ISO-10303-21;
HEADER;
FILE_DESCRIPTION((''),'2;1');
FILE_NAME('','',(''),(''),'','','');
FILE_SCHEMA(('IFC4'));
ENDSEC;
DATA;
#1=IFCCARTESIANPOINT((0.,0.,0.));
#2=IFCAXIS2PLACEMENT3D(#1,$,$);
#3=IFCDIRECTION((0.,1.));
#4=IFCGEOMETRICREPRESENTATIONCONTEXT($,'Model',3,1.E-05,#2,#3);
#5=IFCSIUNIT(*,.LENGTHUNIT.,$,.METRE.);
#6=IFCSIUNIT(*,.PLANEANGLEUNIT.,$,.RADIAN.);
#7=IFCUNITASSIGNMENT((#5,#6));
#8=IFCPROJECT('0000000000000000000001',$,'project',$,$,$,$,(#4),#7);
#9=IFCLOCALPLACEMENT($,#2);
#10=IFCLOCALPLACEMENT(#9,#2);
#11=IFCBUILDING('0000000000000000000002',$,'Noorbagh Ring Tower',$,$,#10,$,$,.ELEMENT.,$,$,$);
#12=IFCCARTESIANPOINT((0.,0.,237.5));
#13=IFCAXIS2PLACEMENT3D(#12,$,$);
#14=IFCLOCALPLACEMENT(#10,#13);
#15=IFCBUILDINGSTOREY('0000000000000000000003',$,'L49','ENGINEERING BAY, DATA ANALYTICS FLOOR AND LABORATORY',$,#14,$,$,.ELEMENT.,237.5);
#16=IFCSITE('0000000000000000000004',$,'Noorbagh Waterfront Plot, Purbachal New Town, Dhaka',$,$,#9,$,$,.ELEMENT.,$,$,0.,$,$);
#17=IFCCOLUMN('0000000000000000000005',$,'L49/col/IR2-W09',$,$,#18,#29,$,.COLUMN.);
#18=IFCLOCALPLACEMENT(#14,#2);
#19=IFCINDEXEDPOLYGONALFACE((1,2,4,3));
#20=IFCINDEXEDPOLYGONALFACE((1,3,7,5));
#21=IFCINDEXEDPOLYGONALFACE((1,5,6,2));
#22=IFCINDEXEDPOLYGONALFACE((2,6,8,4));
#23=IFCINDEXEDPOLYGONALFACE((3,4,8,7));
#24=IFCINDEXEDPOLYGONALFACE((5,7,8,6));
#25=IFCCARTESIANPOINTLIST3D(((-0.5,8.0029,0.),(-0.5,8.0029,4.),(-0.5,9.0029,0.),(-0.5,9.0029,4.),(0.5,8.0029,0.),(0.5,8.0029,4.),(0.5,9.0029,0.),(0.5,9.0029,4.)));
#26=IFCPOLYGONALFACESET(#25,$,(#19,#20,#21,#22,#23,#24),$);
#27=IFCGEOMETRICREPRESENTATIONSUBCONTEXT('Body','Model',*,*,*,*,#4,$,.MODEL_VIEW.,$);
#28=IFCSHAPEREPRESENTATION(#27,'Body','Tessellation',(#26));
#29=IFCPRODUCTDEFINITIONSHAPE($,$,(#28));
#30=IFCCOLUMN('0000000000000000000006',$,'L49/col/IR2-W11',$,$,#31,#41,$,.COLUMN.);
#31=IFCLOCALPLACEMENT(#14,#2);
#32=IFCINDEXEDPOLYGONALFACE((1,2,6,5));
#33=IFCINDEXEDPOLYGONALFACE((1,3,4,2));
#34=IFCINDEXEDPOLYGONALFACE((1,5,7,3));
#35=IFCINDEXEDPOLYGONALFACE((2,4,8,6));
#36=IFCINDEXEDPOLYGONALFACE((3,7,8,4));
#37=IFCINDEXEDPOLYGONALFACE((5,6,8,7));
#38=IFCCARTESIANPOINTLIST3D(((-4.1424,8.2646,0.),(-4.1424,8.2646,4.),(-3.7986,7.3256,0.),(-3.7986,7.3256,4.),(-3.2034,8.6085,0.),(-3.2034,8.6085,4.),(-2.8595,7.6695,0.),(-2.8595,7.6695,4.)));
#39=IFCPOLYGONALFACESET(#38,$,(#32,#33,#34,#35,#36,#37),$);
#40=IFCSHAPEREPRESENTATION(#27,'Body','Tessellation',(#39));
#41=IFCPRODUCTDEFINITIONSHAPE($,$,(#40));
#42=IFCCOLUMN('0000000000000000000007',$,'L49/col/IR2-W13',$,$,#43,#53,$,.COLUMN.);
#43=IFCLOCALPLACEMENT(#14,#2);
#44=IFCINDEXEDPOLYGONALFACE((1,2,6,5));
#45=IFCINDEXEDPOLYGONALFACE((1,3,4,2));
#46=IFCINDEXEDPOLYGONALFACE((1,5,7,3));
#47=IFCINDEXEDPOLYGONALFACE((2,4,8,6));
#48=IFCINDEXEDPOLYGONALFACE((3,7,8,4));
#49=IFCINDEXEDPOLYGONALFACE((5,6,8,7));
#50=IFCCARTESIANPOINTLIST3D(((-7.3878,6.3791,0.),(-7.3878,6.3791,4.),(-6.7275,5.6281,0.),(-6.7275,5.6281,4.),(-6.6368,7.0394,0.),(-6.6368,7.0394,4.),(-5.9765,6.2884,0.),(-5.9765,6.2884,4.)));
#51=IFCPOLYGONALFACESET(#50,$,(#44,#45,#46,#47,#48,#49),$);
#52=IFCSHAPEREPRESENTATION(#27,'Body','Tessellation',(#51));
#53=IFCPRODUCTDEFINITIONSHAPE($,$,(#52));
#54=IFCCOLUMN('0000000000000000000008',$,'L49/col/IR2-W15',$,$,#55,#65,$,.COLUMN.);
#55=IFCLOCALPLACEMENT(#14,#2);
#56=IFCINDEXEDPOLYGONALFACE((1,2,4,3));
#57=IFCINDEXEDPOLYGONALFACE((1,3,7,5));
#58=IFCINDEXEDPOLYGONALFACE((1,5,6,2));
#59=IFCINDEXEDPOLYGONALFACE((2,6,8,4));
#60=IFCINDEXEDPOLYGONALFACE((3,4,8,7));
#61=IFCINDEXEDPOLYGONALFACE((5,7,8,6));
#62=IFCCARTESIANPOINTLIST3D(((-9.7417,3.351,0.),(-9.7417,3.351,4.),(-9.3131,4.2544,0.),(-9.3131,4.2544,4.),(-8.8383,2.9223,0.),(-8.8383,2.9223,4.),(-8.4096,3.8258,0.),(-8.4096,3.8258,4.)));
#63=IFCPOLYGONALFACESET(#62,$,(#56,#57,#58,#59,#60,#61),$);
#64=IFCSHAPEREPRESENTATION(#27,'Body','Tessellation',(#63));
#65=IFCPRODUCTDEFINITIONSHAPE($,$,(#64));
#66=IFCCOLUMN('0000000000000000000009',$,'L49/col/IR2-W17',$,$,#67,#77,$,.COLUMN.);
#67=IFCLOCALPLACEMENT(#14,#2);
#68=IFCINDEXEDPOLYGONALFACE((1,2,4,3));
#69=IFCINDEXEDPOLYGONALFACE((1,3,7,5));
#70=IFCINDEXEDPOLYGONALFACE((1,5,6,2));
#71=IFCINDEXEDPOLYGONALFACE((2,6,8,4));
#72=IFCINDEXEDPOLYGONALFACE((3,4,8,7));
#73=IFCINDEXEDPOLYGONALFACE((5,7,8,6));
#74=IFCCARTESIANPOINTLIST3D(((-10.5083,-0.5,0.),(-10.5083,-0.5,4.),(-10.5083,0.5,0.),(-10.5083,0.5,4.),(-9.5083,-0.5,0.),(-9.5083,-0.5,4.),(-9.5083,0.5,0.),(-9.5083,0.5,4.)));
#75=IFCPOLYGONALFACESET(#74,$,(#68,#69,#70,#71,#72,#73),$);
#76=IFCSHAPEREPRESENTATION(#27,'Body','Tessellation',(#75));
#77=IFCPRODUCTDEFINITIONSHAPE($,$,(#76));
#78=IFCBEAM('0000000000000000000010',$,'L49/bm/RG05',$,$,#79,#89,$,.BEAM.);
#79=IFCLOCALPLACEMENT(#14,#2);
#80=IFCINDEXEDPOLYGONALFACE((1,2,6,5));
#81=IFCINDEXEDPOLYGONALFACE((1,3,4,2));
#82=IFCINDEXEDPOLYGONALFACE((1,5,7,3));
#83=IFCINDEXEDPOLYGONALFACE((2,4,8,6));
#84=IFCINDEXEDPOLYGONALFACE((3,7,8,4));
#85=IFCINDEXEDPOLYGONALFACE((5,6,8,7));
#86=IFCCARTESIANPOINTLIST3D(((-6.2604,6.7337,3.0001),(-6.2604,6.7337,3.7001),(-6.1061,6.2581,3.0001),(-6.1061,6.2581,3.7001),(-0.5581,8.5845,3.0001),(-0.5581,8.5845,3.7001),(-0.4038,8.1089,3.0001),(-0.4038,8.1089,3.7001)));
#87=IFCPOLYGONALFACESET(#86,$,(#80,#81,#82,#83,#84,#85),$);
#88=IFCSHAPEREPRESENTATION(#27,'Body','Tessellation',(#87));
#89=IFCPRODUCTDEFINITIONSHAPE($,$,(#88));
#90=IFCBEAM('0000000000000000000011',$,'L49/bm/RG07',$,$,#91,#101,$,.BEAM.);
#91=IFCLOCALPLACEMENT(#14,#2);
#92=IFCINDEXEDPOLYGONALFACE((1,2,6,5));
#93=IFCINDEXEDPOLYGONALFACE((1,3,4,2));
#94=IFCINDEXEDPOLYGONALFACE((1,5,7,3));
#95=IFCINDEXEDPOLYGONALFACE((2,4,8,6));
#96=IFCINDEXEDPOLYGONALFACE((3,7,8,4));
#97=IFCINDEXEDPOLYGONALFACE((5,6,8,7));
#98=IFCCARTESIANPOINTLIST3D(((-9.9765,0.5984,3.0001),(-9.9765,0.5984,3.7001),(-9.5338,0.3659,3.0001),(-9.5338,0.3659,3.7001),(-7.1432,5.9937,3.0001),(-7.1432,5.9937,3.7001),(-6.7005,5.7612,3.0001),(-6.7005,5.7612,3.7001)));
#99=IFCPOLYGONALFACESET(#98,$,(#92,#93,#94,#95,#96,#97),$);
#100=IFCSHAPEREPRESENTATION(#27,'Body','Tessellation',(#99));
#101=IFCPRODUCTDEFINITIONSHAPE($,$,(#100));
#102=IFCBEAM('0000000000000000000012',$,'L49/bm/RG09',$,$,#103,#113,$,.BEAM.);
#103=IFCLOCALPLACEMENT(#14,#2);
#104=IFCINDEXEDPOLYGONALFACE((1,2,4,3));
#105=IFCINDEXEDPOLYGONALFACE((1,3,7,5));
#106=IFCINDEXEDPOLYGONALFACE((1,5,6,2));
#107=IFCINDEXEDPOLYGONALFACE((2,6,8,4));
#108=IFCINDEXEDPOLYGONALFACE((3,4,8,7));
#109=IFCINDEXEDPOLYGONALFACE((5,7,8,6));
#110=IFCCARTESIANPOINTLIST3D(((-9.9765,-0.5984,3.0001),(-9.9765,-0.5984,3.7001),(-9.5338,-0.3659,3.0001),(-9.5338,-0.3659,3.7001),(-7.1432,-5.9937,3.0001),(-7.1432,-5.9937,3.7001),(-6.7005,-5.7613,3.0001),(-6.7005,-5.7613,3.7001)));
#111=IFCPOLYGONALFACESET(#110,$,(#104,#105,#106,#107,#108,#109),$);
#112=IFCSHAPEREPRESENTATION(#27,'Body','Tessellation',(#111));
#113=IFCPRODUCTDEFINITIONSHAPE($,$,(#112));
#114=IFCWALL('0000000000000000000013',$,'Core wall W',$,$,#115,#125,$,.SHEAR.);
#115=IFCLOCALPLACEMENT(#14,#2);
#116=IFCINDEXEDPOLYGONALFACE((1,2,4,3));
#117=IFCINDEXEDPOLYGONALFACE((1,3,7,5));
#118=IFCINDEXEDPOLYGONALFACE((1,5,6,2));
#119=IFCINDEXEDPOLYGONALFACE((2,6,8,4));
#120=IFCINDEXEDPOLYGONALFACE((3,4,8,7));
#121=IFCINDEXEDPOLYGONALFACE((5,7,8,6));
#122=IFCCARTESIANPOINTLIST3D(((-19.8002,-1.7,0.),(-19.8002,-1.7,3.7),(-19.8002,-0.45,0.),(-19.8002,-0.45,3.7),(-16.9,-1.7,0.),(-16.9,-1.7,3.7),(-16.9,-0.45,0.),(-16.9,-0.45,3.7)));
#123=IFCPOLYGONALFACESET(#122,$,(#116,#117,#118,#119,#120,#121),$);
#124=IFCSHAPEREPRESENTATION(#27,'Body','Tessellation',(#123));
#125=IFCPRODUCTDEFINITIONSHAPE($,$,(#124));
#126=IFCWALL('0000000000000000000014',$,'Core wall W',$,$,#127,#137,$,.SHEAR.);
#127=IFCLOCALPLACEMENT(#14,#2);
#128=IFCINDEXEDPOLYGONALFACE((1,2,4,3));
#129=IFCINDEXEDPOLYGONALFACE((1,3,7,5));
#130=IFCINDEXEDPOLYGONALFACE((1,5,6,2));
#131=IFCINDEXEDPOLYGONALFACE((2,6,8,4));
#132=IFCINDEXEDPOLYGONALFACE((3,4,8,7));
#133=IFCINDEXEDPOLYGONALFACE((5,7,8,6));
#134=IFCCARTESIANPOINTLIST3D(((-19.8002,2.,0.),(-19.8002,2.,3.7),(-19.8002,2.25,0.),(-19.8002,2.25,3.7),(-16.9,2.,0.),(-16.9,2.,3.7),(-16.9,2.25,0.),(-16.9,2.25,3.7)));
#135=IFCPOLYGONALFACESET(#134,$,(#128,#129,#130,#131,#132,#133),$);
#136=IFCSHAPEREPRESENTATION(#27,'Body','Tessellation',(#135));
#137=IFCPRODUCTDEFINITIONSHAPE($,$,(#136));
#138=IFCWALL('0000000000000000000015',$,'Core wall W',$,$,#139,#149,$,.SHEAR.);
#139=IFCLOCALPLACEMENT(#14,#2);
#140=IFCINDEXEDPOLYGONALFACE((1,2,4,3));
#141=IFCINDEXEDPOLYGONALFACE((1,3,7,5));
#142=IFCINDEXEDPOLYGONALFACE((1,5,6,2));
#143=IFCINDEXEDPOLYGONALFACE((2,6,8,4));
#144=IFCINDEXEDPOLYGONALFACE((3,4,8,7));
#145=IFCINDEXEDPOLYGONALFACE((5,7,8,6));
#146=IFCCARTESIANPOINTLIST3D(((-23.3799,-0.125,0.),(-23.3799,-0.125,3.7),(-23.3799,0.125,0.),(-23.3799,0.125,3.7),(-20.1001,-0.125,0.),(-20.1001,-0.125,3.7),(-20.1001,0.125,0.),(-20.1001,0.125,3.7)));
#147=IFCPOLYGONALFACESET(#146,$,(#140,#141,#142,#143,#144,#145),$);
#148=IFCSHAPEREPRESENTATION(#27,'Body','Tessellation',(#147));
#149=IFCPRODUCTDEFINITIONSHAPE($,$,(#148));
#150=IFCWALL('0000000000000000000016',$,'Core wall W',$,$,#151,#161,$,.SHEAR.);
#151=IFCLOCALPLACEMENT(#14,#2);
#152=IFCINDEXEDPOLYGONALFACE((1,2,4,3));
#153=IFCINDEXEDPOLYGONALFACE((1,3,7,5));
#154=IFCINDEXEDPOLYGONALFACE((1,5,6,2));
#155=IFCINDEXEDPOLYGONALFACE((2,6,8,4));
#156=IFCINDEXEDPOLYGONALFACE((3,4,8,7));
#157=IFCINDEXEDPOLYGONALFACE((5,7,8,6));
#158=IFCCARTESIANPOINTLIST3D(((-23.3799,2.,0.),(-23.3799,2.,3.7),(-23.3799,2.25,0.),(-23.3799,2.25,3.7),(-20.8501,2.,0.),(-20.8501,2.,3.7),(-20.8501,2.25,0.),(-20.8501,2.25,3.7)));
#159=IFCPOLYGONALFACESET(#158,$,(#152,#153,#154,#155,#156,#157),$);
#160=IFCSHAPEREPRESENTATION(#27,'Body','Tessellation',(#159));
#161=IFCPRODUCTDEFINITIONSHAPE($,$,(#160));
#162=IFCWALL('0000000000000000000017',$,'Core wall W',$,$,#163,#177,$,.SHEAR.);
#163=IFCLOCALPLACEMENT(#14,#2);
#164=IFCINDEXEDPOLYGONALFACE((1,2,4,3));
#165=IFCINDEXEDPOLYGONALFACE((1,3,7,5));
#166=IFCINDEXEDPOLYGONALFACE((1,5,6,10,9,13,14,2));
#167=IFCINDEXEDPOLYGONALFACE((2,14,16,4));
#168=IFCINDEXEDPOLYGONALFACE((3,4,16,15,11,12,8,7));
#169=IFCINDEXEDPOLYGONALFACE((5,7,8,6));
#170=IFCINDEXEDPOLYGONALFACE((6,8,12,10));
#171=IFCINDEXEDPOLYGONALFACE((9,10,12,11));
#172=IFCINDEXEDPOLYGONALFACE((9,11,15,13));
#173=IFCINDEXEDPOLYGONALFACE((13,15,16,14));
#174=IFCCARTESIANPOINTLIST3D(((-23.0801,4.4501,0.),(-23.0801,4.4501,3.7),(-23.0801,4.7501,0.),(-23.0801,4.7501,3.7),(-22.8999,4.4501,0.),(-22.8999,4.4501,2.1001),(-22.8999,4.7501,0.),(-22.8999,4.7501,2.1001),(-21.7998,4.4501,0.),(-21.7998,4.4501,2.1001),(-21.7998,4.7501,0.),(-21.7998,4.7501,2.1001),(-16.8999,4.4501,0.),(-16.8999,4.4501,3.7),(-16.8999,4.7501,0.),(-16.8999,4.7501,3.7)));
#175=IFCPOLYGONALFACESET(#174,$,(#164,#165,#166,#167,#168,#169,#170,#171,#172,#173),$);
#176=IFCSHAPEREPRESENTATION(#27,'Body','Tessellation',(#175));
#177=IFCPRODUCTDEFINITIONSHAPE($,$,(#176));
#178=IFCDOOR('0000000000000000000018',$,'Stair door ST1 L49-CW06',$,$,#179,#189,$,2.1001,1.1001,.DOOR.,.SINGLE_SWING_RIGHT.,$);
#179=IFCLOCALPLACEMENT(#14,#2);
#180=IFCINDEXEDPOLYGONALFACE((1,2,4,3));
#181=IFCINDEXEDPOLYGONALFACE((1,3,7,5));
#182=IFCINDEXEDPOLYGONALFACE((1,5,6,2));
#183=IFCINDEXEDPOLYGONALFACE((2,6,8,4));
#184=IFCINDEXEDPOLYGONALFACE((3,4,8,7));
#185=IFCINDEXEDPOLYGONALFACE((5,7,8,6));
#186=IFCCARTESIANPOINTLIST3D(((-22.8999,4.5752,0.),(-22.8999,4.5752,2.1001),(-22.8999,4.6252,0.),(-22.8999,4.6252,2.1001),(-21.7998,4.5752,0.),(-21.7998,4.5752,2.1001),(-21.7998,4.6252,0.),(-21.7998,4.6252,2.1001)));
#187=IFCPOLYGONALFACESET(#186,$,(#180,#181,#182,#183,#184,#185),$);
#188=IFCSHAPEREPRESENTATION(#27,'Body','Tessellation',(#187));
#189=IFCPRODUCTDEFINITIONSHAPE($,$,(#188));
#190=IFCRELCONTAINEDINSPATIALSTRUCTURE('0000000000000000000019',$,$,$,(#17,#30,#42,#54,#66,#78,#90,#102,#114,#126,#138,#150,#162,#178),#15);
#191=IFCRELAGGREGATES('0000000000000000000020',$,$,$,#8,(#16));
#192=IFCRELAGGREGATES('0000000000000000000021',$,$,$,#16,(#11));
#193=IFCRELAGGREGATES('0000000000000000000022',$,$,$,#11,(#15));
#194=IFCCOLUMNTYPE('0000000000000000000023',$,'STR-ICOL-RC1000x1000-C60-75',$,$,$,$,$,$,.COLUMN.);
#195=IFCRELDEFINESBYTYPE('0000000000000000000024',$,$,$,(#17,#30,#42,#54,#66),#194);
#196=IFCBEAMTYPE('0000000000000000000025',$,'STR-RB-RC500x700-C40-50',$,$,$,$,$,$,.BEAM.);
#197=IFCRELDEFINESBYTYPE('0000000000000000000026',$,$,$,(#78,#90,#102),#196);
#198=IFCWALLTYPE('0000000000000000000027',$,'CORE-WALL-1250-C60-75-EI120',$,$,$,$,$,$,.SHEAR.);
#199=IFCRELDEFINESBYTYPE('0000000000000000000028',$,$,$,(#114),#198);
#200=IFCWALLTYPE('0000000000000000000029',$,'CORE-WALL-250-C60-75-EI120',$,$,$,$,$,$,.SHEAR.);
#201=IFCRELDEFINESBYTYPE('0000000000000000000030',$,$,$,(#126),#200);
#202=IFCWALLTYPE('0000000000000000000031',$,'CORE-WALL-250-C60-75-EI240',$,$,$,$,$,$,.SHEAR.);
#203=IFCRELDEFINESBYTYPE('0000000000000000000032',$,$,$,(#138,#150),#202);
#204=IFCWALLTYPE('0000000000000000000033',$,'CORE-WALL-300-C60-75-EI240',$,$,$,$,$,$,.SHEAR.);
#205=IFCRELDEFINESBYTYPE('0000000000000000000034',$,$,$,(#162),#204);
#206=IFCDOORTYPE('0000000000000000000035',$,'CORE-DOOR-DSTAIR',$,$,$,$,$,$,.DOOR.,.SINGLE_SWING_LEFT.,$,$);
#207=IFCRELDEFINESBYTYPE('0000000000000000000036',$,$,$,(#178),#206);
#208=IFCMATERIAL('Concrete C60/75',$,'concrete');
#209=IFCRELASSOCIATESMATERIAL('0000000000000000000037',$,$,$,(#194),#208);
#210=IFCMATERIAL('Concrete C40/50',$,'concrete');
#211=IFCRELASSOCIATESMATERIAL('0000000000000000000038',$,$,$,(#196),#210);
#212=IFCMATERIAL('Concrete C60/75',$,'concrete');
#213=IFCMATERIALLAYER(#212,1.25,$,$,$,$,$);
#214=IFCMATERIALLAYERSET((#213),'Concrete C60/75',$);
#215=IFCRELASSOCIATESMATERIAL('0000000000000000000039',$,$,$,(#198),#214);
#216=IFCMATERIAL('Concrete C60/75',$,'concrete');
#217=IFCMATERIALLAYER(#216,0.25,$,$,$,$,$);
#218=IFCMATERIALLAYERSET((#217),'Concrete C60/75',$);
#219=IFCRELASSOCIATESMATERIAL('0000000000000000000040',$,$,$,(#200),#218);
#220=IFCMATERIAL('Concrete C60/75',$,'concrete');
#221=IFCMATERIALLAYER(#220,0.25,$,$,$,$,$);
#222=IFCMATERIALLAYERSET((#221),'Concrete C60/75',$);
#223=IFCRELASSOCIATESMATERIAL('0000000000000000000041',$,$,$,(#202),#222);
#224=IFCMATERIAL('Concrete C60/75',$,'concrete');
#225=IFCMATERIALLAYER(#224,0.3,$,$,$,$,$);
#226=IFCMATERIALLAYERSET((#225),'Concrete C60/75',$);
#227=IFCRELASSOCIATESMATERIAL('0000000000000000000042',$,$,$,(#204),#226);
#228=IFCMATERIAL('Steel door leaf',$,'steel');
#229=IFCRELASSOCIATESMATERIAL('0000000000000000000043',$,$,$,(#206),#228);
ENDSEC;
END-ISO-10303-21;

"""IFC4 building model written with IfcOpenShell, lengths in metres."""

from ifc_helpers import new_model, si_unit, direction, frame, frame_2d, origin, origin_2d, place, context, subcontext, project, spatial, rectangle, extrude, material, layer, layer_set, material_profile, profile_set, type_object, element, fill, save


model = new_model("IFC4")

# Units and contexts
model_context = context("Model", 3, precision=1e-05, world=origin(), true_north=direction((0.0, 1.0)))
body_context = subcontext(model_context, "Body", "Model", "MODEL_VIEW")
ifc_project = project(units=[si_unit("LENGTHUNIT", "METRE"), si_unit("PLANEANGLEUNIT", "RADIAN")], contexts=[model_context])

# Site, building, storey
site_placement = place(None, origin())
site = spatial("IfcSite", under=ifc_project, at=site_placement, Name="Noorbagh Waterfront Plot, Purbachal New Town, Dhaka", CompositionType="ELEMENT", RefElevation=0.0)
building_placement = place(site_placement, origin())
building = spatial("IfcBuilding", under=site, at=building_placement, Name="Noorbagh Ring Tower", CompositionType="ELEMENT")
storey_placement = place(building_placement, frame((0.0, 0.0, 237.5)))
storey = spatial("IfcBuildingStorey", under=building, at=storey_placement, Name="L49", Description="ENGINEERING BAY, DATA ANALYTICS FLOOR AND LABORATORY", CompositionType="ELEMENT", Elevation=237.5)

# Columns
ifc_material_1 = material(Name="Concrete C60/75", Category="concrete")
ifc_material_profile_1 = material_profile(ifc_material_1, rectangle(XDim=1.0, YDim=1.0, at=origin_2d()), Name="RC1000x1000")
ifc_profile_set_1 = profile_set([ifc_material_profile_1], Name="Concrete C60/75")
column_type = type_object("IfcColumnType", Name="STR-ICOL-RC1000x1000-C60-75", PredefinedType="COLUMN", material=ifc_profile_set_1)
for number, where, z_axis, x_axis, name in (
    (1, (0.0, 8.5029, 0.0), (0.0, 0.0, 1.0), (-1.0, 0.0, 0.0), "L49/col/IR2-W09"),
    (2, (-3.501, 7.967, 0.0), (0.0, 0.0, 1.0), (-0.93902, -0.343864, 0.0), "L49/col/IR2-W11"),
    (3, (-6.6821, 6.3337, 0.0), (0.0, 0.0, 1.0), (-0.751022, -0.660277, 0.0), "L49/col/IR2-W13"),
    (4, (-9.0757, 3.5884, 0.0), (0.0, 0.0, 1.0), (-0.428667, -0.903463, 0.0), "L49/col/IR2-W15"),
    (5, (-10.0083, 0.0, 0.0), (0.0, 0.0, 1.0), (0.0, -1.0, 0.0), "L49/col/IR2-W17"),
):
    element("IfcColumn", number, at=place(storey_placement, frame(where, z_axis=z_axis, x_axis=x_axis)), inside=storey, type_object=column_type, Name=name, PredefinedType="COLUMN", context=body_context, shape_type="SweptSolid", body=[
        extrude(rectangle(XDim=1.0, YDim=1.0, at=origin_2d()), origin(), (0.0, 0.0, 1.0), 4.0),
    ])

# Beams
ifc_material_2 = material(Name="Concrete C40/50", Category="concrete")
ifc_material_profile_2 = material_profile(ifc_material_2, rectangle(XDim=0.5, YDim=0.7, at=origin_2d()), Name="RC500x700")
ifc_profile_set_2 = profile_set([ifc_material_profile_2], Name="Concrete C40/50")
beam_type = type_object("IfcBeamType", Name="STR-RB-RC500x700-C40-50", PredefinedType="BEAM", material=ifc_profile_set_2)
beam_placement = place(storey_placement, frame((-0.481, 8.3467, 3.3501), z_axis=(-0.951154, -0.308717, 0.0), x_axis=(0.308717, -0.951154, 0.0)))
element("IfcBeam", 6, at=beam_placement, inside=storey, type_object=beam_type, Name="L49/bm/RG05", PredefinedType="BEAM", context=body_context, shape_type="SweptSolid", body=[
    extrude(rectangle(XDim=0.5, YDim=0.7, at=origin_2d()), origin(), (0.0, 0.0, 1.0), 5.9951),
])
for number, where, z_axis, x_axis, name in (
    (7, (-6.9219, 5.8774, 3.3501), (-0.464929, -0.885348, 0.0), (0.885348, -0.464929, 0.0), "L49/bm/RG07"),
    (8, (-9.7551, -0.4822, 3.3501), (0.464929, -0.885348, 0.0), (0.885348, 0.464929, 0.0), "L49/bm/RG09"),
):
    element("IfcBeam", number, at=place(storey_placement, frame(where, z_axis=z_axis, x_axis=x_axis)), inside=storey, type_object=beam_type, Name=name, PredefinedType="BEAM", context=body_context, shape_type="SweptSolid", body=[
        extrude(rectangle(XDim=0.5, YDim=0.7, at=origin_2d()), origin(), (0.0, 0.0, 1.0), 6.094),
    ])

# Walls
ifc_material_3 = material(Name="Concrete C60/75", Category="concrete")
ifc_layer_1 = layer(ifc_material_3, 1.25)
ifc_layer_set_1 = layer_set([ifc_layer_1], Name="Concrete C60/75")
wall_type_1 = type_object("IfcWallType", Name="CORE-WALL-1250-C60-75-EI120", PredefinedType="SHEAR", material=ifc_layer_set_1)
wall_1_placement = place(storey_placement, frame((-16.8999, -1.075, 0.0), z_axis=(0.0, 0.0, 1.0), x_axis=(-1.0, 0.0, 0.0)))
element("IfcWall", 9, at=wall_1_placement, inside=storey, type_object=wall_type_1, Name="Core wall W", PredefinedType="SHEAR", context=body_context, shape_type="SweptSolid", body=[
    extrude(rectangle(XDim=2.9001, YDim=1.25, at=frame_2d((1.4502, 0.0))), origin(), (0.0, 0.0, 1.0), 3.7),
])
ifc_material_4 = material(Name="Concrete C60/75", Category="concrete")
ifc_layer_2 = layer(ifc_material_4, 0.25)
ifc_layer_set_2 = layer_set([ifc_layer_2], Name="Concrete C60/75")
wall_type_2 = type_object("IfcWallType", Name="CORE-WALL-250-C60-75-EI120", PredefinedType="SHEAR", material=ifc_layer_set_2)
wall_2_placement = place(storey_placement, frame((-16.8999, 2.125, 0.0), z_axis=(0.0, 0.0, 1.0), x_axis=(-1.0, 0.0, 0.0)))
element("IfcWall", 10, at=wall_2_placement, inside=storey, type_object=wall_type_2, Name="Core wall W", PredefinedType="SHEAR", context=body_context, shape_type="SweptSolid", body=[
    extrude(rectangle(XDim=2.9001, YDim=0.25, at=frame_2d((1.4502, 0.0))), origin(), (0.0, 0.0, 1.0), 3.7),
])
ifc_material_5 = material(Name="Concrete C60/75", Category="concrete")
ifc_layer_3 = layer(ifc_material_5, 0.25)
ifc_layer_set_3 = layer_set([ifc_layer_3], Name="Concrete C60/75")
wall_type_3 = type_object("IfcWallType", Name="CORE-WALL-250-C60-75-EI240", PredefinedType="SHEAR", material=ifc_layer_set_3)
wall_3_placement = place(storey_placement, frame((-20.1001, 0.0, 0.0), z_axis=(0.0, 0.0, 1.0), x_axis=(-1.0, 0.0, 0.0)))
element("IfcWall", 11, at=wall_3_placement, inside=storey, type_object=wall_type_3, Name="Core wall W", PredefinedType="SHEAR", context=body_context, shape_type="SweptSolid", body=[
    extrude(rectangle(XDim=3.2798, YDim=0.25, at=frame_2d((1.6399, 0.0))), origin(), (0.0, 0.0, 1.0), 3.7),
])
wall_4_placement = place(storey_placement, frame((-20.8501, 2.125, 0.0), z_axis=(0.0, 0.0, 1.0), x_axis=(-1.0, 0.0, 0.0)))
element("IfcWall", 12, at=wall_4_placement, inside=storey, type_object=wall_type_3, Name="Core wall W", PredefinedType="SHEAR", context=body_context, shape_type="SweptSolid", body=[
    extrude(rectangle(XDim=2.5298, YDim=0.25, at=frame_2d((1.2649, 0.0))), origin(), (0.0, 0.0, 1.0), 3.7),
])

# Wall, opening, door
ifc_material_6 = material(Name="Concrete C60/75", Category="concrete")
ifc_layer_4 = layer(ifc_material_6, 0.3)
ifc_layer_set_4 = layer_set([ifc_layer_4], Name="Concrete C60/75")
wall_type_4 = type_object("IfcWallType", Name="CORE-WALL-300-C60-75-EI240", PredefinedType="SHEAR", material=ifc_layer_set_4)
wall_5_placement = place(storey_placement, frame((-16.8999, 4.6001, 0.0), z_axis=(0.0, 0.0, 1.0), x_axis=(-1.0, 0.0, 0.0)))
wall_5 = element("IfcWall", 13, at=wall_5_placement, inside=storey, type_object=wall_type_4, Name="Core wall W", PredefinedType="SHEAR", context=body_context, shape_type="SweptSolid", body=[
    extrude(rectangle(XDim=6.1802, YDim=0.3, at=frame_2d((3.0901, 0.0))), origin(), (0.0, 0.0, 1.0), 3.7),
])
opening_1_placement = place(wall_5_placement, frame((4.8999, 0.0, 0.0)))
opening_1 = element("IfcOpeningElement", 14, at=opening_1_placement, cuts=wall_5, PredefinedType="OPENING", context=body_context, shape_type="SweptSolid", body=[
    extrude(rectangle(XDim=1.1001, YDim=2.1001, at=frame_2d((0.55, 1.05))), frame((0.0, 0.1602, 0.0), z_axis=(0.0, -1.0, 0.0), x_axis=(1.0, 0.0, 0.0)), (0.0, 0.0, 1.0), 0.3201),
])
ifc_material_7 = material(Name="Steel door leaf", Category="steel")
door_type_1 = type_object("IfcDoorType", Name="CORE-DOOR-DSTAIR", OperationType="SINGLE_SWING_LEFT", PredefinedType="DOOR", material=ifc_material_7)
door_1_placement = place(opening_1_placement, origin())
door_1 = element("IfcDoor", 15, at=door_1_placement, inside=storey, type_object=door_type_1, Name="Stair door ST1 L49-CW06", OperationType="SINGLE_SWING_RIGHT", OverallHeight=2.1001, OverallWidth=1.1001, PredefinedType="DOOR", context=body_context, shape_type="SweptSolid", body=[
    extrude(rectangle(XDim=1.1001, YDim=2.1001, at=frame_2d((0.55, 1.05))), frame((0.0, 0.0249, 0.0), z_axis=(0.0, -1.0, 0.0), x_axis=(1.0, 0.0, 0.0)), (0.0, 0.0, 1.0), 0.05),
])
fill(opening_1, door_1)

save(model, "model.ifc")
